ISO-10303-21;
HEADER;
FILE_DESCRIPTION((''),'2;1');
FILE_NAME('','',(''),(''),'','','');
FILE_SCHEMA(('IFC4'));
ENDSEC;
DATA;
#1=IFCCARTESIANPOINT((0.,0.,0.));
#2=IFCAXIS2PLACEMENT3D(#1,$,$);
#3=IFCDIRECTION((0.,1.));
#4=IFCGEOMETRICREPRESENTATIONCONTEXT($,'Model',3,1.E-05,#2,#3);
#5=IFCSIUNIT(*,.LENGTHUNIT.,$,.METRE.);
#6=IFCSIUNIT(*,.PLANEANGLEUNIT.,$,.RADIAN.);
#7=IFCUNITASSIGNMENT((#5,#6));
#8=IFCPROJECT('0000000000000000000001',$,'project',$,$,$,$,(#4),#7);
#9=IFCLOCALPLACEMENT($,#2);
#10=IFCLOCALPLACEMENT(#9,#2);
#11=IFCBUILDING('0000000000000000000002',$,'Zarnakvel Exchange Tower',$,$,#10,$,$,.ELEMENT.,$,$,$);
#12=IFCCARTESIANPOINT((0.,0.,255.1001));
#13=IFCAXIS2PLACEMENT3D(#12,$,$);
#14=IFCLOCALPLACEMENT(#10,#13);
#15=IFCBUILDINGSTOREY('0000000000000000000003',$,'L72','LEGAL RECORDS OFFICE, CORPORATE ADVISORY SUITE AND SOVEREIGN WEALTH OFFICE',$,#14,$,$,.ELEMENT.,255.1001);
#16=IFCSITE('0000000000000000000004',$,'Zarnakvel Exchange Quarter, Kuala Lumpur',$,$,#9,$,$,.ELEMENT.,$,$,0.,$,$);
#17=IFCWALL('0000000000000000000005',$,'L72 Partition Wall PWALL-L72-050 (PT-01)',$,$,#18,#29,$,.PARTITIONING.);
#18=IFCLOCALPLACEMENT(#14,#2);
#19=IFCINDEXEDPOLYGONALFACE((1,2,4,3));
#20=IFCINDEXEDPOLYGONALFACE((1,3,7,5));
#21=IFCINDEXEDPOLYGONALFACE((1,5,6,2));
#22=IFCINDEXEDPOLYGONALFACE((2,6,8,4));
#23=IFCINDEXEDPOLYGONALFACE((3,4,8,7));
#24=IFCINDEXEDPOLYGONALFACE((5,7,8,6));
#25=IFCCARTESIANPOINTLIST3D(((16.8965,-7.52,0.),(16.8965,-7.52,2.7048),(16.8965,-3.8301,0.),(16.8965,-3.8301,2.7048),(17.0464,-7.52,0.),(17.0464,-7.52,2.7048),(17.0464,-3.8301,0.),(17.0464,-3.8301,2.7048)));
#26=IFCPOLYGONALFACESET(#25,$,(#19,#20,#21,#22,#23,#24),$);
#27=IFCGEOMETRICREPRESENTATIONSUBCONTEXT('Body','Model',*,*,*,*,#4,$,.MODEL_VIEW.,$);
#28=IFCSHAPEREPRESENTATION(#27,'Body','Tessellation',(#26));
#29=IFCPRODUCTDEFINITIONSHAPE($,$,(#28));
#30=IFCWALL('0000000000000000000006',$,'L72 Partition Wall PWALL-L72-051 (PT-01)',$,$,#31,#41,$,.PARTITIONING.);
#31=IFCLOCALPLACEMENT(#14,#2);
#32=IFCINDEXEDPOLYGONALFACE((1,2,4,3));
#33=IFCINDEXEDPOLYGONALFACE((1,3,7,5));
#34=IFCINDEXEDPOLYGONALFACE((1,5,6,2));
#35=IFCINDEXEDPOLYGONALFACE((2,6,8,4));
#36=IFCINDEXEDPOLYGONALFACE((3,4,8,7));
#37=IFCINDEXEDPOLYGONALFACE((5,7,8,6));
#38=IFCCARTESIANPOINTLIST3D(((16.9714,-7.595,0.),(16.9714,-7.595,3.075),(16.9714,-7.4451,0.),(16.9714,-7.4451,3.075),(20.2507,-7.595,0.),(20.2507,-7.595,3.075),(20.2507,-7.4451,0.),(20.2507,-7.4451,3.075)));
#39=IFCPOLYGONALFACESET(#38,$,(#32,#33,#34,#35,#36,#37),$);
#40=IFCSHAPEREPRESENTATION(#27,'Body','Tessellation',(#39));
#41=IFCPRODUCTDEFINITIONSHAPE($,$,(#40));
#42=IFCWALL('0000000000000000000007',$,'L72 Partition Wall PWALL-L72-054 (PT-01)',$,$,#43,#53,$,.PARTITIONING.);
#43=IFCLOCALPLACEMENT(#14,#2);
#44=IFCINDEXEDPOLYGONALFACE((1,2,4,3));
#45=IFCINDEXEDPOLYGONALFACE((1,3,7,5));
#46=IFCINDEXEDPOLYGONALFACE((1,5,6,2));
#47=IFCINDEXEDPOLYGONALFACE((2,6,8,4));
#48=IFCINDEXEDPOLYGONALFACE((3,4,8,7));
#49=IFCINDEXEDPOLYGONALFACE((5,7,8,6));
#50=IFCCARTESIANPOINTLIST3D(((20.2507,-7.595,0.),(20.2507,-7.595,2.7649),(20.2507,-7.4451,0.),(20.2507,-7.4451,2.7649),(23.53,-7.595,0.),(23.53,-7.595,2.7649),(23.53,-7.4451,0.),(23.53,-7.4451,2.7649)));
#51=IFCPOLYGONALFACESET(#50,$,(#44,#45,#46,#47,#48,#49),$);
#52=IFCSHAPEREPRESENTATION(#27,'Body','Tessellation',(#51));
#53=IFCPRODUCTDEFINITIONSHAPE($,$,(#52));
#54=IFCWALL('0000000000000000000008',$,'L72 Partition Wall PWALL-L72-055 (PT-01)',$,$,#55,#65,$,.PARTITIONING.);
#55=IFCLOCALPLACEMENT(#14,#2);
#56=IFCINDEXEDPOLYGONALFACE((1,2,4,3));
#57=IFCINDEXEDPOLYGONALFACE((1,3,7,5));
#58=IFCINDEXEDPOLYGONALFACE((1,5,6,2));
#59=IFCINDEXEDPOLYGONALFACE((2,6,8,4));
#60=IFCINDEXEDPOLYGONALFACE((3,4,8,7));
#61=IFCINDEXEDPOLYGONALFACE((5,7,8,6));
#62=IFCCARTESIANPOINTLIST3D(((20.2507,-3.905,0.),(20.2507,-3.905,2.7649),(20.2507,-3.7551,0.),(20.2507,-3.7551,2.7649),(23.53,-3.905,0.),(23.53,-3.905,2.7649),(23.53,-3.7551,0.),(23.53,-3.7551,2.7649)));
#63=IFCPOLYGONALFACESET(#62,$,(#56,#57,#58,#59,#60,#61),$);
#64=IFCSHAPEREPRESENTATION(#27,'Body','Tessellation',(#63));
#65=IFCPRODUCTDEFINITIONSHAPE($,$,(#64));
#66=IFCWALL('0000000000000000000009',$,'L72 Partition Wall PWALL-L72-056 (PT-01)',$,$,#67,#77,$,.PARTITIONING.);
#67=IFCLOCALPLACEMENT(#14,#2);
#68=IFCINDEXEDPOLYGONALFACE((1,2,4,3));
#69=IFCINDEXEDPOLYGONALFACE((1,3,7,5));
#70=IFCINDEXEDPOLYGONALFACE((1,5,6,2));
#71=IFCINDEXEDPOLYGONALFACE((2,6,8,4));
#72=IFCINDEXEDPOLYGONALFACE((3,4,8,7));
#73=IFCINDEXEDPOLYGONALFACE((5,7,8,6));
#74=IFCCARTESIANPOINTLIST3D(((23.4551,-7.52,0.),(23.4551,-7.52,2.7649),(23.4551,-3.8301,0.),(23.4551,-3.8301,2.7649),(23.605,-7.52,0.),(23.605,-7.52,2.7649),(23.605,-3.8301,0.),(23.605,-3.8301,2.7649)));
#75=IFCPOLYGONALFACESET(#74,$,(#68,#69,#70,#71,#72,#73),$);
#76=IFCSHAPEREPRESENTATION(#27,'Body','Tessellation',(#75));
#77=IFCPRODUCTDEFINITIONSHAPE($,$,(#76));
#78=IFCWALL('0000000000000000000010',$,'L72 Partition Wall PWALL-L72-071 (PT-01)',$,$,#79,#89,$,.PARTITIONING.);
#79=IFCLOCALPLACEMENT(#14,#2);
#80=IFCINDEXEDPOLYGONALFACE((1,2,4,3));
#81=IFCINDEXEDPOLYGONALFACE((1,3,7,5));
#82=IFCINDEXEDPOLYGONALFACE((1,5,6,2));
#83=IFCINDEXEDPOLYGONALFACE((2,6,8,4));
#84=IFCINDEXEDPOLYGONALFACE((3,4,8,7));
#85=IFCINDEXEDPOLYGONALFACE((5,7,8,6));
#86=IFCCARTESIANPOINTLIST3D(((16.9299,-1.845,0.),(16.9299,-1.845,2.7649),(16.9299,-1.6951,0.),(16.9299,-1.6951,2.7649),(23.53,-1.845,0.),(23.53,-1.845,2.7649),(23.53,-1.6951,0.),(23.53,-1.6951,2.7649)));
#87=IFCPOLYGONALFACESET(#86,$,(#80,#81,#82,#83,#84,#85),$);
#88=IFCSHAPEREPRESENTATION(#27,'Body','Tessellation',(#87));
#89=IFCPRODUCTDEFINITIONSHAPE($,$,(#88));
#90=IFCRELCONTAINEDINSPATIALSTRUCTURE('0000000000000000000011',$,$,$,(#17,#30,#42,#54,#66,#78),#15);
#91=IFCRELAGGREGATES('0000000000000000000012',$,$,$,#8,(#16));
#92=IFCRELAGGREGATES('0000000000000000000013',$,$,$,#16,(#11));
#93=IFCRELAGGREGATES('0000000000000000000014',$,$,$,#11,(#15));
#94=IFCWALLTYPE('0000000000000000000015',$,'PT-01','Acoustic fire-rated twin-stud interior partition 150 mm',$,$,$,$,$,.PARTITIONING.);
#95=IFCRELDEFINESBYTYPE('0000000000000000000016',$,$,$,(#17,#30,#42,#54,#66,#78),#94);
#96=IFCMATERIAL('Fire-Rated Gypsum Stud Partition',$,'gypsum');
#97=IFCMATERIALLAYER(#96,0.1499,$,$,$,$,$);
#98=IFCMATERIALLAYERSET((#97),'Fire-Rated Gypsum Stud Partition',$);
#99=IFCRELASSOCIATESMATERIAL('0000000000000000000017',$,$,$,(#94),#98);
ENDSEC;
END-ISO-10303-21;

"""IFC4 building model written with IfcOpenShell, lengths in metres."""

from ifc_helpers import new_model, si_unit, direction, frame, frame_2d, origin, place, context, subcontext, project, spatial, rectangle, extrude, material, layer, layer_set, type_object, element, save


model = new_model("IFC4")

# Units and contexts
model_context = context("Model", 3, precision=1e-05, world=origin(), true_north=direction((0.0, 1.0)))
body_context = subcontext(model_context, "Body", "Model", "MODEL_VIEW")
ifc_project = project(units=[si_unit("LENGTHUNIT", "METRE"), si_unit("PLANEANGLEUNIT", "RADIAN")], contexts=[model_context])

# Site, building, storey
site_placement = place(None, origin())
site = spatial("IfcSite", under=ifc_project, at=site_placement, Name="Zarnakvel Exchange Quarter, Kuala Lumpur", CompositionType="ELEMENT", RefElevation=0.0)
building_placement = place(site_placement, origin())
building = spatial("IfcBuilding", under=site, at=building_placement, Name="Zarnakvel Exchange Tower", CompositionType="ELEMENT")
storey_placement = place(building_placement, frame((0.0, 0.0, 255.1001)))
storey = spatial("IfcBuildingStorey", under=building, at=storey_placement, Name="L72", Description="LEGAL RECORDS OFFICE, CORPORATE ADVISORY SUITE AND SOVEREIGN WEALTH OFFICE", CompositionType="ELEMENT", Elevation=255.1001)

# Shared definitions
ifc_material_1 = material(Name="Fire-Rated Gypsum Stud Partition", Category="gypsum")
ifc_layer_1 = layer(ifc_material_1, 0.1499)
ifc_layer_set_1 = layer_set([ifc_layer_1], Name="Fire-Rated Gypsum Stud Partition")
wall_type_1 = type_object("IfcWallType", Name="PT-01", Description="Acoustic fire-rated twin-stud interior partition 150 mm", PredefinedType="PARTITIONING", material=ifc_layer_set_1)

# Walls
wall_1_placement = place(storey_placement, frame((16.9714, -3.8301, 0.0), z_axis=(0.0, 0.0, 1.0), x_axis=(0.0, -1.0, 0.0)))
element("IfcWall", 1, at=wall_1_placement, inside=storey, type_object=wall_type_1, Name="L72 Partition Wall PWALL-L72-050 (PT-01)", PredefinedType="PARTITIONING", context=body_context, shape_type="SweptSolid", body=[
    extrude(rectangle(XDim=3.6899, YDim=0.1499, at=frame_2d((1.845, 0.0))), origin(), (0.0, 0.0, 1.0), 2.7048),
])
wall_2_placement = place(storey_placement, frame((20.2507, -7.52, 0.0), z_axis=(0.0, 0.0, 1.0), x_axis=(-1.0, 0.0, 0.0)))
element("IfcWall", 2, at=wall_2_placement, inside=storey, type_object=wall_type_1, Name="L72 Partition Wall PWALL-L72-051 (PT-01)", PredefinedType="PARTITIONING", context=body_context, shape_type="SweptSolid", body=[
    extrude(rectangle(XDim=3.2793, YDim=0.1499, at=frame_2d((1.6396, 0.0))), origin(), (0.0, 0.0, 1.0), 3.075),
])

# Walls
for number, where, z_axis, x_axis, name in (
    (3, (23.53, -7.52, 0.0), (0.0, 0.0, 1.0), (-1.0, 0.0, 0.0), "L72 Partition Wall PWALL-L72-054 (PT-01)"),
    (4, (20.2507, -3.8301, 0.0), (0.0, 0.0, 1.0), (1.0, 0.0, 0.0), "L72 Partition Wall PWALL-L72-055 (PT-01)"),
):
    element("IfcWall", number, at=place(storey_placement, frame(where, z_axis=z_axis, x_axis=x_axis)), inside=storey, type_object=wall_type_1, Name=name, PredefinedType="PARTITIONING", context=body_context, shape_type="SweptSolid", body=[
        extrude(rectangle(XDim=3.2793, YDim=0.1499, at=frame_2d((1.6396, 0.0))), origin(), (0.0, 0.0, 1.0), 2.7649),
    ])
wall_3_placement = place(storey_placement, frame((23.53, -3.8301, 0.0), z_axis=(0.0, 0.0, 1.0), x_axis=(0.0, -1.0, 0.0)))
element("IfcWall", 5, at=wall_3_placement, inside=storey, type_object=wall_type_1, Name="L72 Partition Wall PWALL-L72-056 (PT-01)", PredefinedType="PARTITIONING", context=body_context, shape_type="SweptSolid", body=[
    extrude(rectangle(XDim=3.6899, YDim=0.1499, at=frame_2d((1.845, 0.0))), origin(), (0.0, 0.0, 1.0), 2.7649),
])
wall_4_placement = place(storey_placement, frame((23.53, -1.77, 0.0), z_axis=(0.0, 0.0, 1.0), x_axis=(-1.0, 0.0, 0.0)))
element("IfcWall", 6, at=wall_4_placement, inside=storey, type_object=wall_type_1, Name="L72 Partition Wall PWALL-L72-071 (PT-01)", PredefinedType="PARTITIONING", context=body_context, shape_type="SweptSolid", body=[
    extrude(rectangle(XDim=6.6001, YDim=0.1499, at=frame_2d((3.3, 0.0))), origin(), (0.0, 0.0, 1.0), 2.7649),
])

save(model, "model.ifc")
